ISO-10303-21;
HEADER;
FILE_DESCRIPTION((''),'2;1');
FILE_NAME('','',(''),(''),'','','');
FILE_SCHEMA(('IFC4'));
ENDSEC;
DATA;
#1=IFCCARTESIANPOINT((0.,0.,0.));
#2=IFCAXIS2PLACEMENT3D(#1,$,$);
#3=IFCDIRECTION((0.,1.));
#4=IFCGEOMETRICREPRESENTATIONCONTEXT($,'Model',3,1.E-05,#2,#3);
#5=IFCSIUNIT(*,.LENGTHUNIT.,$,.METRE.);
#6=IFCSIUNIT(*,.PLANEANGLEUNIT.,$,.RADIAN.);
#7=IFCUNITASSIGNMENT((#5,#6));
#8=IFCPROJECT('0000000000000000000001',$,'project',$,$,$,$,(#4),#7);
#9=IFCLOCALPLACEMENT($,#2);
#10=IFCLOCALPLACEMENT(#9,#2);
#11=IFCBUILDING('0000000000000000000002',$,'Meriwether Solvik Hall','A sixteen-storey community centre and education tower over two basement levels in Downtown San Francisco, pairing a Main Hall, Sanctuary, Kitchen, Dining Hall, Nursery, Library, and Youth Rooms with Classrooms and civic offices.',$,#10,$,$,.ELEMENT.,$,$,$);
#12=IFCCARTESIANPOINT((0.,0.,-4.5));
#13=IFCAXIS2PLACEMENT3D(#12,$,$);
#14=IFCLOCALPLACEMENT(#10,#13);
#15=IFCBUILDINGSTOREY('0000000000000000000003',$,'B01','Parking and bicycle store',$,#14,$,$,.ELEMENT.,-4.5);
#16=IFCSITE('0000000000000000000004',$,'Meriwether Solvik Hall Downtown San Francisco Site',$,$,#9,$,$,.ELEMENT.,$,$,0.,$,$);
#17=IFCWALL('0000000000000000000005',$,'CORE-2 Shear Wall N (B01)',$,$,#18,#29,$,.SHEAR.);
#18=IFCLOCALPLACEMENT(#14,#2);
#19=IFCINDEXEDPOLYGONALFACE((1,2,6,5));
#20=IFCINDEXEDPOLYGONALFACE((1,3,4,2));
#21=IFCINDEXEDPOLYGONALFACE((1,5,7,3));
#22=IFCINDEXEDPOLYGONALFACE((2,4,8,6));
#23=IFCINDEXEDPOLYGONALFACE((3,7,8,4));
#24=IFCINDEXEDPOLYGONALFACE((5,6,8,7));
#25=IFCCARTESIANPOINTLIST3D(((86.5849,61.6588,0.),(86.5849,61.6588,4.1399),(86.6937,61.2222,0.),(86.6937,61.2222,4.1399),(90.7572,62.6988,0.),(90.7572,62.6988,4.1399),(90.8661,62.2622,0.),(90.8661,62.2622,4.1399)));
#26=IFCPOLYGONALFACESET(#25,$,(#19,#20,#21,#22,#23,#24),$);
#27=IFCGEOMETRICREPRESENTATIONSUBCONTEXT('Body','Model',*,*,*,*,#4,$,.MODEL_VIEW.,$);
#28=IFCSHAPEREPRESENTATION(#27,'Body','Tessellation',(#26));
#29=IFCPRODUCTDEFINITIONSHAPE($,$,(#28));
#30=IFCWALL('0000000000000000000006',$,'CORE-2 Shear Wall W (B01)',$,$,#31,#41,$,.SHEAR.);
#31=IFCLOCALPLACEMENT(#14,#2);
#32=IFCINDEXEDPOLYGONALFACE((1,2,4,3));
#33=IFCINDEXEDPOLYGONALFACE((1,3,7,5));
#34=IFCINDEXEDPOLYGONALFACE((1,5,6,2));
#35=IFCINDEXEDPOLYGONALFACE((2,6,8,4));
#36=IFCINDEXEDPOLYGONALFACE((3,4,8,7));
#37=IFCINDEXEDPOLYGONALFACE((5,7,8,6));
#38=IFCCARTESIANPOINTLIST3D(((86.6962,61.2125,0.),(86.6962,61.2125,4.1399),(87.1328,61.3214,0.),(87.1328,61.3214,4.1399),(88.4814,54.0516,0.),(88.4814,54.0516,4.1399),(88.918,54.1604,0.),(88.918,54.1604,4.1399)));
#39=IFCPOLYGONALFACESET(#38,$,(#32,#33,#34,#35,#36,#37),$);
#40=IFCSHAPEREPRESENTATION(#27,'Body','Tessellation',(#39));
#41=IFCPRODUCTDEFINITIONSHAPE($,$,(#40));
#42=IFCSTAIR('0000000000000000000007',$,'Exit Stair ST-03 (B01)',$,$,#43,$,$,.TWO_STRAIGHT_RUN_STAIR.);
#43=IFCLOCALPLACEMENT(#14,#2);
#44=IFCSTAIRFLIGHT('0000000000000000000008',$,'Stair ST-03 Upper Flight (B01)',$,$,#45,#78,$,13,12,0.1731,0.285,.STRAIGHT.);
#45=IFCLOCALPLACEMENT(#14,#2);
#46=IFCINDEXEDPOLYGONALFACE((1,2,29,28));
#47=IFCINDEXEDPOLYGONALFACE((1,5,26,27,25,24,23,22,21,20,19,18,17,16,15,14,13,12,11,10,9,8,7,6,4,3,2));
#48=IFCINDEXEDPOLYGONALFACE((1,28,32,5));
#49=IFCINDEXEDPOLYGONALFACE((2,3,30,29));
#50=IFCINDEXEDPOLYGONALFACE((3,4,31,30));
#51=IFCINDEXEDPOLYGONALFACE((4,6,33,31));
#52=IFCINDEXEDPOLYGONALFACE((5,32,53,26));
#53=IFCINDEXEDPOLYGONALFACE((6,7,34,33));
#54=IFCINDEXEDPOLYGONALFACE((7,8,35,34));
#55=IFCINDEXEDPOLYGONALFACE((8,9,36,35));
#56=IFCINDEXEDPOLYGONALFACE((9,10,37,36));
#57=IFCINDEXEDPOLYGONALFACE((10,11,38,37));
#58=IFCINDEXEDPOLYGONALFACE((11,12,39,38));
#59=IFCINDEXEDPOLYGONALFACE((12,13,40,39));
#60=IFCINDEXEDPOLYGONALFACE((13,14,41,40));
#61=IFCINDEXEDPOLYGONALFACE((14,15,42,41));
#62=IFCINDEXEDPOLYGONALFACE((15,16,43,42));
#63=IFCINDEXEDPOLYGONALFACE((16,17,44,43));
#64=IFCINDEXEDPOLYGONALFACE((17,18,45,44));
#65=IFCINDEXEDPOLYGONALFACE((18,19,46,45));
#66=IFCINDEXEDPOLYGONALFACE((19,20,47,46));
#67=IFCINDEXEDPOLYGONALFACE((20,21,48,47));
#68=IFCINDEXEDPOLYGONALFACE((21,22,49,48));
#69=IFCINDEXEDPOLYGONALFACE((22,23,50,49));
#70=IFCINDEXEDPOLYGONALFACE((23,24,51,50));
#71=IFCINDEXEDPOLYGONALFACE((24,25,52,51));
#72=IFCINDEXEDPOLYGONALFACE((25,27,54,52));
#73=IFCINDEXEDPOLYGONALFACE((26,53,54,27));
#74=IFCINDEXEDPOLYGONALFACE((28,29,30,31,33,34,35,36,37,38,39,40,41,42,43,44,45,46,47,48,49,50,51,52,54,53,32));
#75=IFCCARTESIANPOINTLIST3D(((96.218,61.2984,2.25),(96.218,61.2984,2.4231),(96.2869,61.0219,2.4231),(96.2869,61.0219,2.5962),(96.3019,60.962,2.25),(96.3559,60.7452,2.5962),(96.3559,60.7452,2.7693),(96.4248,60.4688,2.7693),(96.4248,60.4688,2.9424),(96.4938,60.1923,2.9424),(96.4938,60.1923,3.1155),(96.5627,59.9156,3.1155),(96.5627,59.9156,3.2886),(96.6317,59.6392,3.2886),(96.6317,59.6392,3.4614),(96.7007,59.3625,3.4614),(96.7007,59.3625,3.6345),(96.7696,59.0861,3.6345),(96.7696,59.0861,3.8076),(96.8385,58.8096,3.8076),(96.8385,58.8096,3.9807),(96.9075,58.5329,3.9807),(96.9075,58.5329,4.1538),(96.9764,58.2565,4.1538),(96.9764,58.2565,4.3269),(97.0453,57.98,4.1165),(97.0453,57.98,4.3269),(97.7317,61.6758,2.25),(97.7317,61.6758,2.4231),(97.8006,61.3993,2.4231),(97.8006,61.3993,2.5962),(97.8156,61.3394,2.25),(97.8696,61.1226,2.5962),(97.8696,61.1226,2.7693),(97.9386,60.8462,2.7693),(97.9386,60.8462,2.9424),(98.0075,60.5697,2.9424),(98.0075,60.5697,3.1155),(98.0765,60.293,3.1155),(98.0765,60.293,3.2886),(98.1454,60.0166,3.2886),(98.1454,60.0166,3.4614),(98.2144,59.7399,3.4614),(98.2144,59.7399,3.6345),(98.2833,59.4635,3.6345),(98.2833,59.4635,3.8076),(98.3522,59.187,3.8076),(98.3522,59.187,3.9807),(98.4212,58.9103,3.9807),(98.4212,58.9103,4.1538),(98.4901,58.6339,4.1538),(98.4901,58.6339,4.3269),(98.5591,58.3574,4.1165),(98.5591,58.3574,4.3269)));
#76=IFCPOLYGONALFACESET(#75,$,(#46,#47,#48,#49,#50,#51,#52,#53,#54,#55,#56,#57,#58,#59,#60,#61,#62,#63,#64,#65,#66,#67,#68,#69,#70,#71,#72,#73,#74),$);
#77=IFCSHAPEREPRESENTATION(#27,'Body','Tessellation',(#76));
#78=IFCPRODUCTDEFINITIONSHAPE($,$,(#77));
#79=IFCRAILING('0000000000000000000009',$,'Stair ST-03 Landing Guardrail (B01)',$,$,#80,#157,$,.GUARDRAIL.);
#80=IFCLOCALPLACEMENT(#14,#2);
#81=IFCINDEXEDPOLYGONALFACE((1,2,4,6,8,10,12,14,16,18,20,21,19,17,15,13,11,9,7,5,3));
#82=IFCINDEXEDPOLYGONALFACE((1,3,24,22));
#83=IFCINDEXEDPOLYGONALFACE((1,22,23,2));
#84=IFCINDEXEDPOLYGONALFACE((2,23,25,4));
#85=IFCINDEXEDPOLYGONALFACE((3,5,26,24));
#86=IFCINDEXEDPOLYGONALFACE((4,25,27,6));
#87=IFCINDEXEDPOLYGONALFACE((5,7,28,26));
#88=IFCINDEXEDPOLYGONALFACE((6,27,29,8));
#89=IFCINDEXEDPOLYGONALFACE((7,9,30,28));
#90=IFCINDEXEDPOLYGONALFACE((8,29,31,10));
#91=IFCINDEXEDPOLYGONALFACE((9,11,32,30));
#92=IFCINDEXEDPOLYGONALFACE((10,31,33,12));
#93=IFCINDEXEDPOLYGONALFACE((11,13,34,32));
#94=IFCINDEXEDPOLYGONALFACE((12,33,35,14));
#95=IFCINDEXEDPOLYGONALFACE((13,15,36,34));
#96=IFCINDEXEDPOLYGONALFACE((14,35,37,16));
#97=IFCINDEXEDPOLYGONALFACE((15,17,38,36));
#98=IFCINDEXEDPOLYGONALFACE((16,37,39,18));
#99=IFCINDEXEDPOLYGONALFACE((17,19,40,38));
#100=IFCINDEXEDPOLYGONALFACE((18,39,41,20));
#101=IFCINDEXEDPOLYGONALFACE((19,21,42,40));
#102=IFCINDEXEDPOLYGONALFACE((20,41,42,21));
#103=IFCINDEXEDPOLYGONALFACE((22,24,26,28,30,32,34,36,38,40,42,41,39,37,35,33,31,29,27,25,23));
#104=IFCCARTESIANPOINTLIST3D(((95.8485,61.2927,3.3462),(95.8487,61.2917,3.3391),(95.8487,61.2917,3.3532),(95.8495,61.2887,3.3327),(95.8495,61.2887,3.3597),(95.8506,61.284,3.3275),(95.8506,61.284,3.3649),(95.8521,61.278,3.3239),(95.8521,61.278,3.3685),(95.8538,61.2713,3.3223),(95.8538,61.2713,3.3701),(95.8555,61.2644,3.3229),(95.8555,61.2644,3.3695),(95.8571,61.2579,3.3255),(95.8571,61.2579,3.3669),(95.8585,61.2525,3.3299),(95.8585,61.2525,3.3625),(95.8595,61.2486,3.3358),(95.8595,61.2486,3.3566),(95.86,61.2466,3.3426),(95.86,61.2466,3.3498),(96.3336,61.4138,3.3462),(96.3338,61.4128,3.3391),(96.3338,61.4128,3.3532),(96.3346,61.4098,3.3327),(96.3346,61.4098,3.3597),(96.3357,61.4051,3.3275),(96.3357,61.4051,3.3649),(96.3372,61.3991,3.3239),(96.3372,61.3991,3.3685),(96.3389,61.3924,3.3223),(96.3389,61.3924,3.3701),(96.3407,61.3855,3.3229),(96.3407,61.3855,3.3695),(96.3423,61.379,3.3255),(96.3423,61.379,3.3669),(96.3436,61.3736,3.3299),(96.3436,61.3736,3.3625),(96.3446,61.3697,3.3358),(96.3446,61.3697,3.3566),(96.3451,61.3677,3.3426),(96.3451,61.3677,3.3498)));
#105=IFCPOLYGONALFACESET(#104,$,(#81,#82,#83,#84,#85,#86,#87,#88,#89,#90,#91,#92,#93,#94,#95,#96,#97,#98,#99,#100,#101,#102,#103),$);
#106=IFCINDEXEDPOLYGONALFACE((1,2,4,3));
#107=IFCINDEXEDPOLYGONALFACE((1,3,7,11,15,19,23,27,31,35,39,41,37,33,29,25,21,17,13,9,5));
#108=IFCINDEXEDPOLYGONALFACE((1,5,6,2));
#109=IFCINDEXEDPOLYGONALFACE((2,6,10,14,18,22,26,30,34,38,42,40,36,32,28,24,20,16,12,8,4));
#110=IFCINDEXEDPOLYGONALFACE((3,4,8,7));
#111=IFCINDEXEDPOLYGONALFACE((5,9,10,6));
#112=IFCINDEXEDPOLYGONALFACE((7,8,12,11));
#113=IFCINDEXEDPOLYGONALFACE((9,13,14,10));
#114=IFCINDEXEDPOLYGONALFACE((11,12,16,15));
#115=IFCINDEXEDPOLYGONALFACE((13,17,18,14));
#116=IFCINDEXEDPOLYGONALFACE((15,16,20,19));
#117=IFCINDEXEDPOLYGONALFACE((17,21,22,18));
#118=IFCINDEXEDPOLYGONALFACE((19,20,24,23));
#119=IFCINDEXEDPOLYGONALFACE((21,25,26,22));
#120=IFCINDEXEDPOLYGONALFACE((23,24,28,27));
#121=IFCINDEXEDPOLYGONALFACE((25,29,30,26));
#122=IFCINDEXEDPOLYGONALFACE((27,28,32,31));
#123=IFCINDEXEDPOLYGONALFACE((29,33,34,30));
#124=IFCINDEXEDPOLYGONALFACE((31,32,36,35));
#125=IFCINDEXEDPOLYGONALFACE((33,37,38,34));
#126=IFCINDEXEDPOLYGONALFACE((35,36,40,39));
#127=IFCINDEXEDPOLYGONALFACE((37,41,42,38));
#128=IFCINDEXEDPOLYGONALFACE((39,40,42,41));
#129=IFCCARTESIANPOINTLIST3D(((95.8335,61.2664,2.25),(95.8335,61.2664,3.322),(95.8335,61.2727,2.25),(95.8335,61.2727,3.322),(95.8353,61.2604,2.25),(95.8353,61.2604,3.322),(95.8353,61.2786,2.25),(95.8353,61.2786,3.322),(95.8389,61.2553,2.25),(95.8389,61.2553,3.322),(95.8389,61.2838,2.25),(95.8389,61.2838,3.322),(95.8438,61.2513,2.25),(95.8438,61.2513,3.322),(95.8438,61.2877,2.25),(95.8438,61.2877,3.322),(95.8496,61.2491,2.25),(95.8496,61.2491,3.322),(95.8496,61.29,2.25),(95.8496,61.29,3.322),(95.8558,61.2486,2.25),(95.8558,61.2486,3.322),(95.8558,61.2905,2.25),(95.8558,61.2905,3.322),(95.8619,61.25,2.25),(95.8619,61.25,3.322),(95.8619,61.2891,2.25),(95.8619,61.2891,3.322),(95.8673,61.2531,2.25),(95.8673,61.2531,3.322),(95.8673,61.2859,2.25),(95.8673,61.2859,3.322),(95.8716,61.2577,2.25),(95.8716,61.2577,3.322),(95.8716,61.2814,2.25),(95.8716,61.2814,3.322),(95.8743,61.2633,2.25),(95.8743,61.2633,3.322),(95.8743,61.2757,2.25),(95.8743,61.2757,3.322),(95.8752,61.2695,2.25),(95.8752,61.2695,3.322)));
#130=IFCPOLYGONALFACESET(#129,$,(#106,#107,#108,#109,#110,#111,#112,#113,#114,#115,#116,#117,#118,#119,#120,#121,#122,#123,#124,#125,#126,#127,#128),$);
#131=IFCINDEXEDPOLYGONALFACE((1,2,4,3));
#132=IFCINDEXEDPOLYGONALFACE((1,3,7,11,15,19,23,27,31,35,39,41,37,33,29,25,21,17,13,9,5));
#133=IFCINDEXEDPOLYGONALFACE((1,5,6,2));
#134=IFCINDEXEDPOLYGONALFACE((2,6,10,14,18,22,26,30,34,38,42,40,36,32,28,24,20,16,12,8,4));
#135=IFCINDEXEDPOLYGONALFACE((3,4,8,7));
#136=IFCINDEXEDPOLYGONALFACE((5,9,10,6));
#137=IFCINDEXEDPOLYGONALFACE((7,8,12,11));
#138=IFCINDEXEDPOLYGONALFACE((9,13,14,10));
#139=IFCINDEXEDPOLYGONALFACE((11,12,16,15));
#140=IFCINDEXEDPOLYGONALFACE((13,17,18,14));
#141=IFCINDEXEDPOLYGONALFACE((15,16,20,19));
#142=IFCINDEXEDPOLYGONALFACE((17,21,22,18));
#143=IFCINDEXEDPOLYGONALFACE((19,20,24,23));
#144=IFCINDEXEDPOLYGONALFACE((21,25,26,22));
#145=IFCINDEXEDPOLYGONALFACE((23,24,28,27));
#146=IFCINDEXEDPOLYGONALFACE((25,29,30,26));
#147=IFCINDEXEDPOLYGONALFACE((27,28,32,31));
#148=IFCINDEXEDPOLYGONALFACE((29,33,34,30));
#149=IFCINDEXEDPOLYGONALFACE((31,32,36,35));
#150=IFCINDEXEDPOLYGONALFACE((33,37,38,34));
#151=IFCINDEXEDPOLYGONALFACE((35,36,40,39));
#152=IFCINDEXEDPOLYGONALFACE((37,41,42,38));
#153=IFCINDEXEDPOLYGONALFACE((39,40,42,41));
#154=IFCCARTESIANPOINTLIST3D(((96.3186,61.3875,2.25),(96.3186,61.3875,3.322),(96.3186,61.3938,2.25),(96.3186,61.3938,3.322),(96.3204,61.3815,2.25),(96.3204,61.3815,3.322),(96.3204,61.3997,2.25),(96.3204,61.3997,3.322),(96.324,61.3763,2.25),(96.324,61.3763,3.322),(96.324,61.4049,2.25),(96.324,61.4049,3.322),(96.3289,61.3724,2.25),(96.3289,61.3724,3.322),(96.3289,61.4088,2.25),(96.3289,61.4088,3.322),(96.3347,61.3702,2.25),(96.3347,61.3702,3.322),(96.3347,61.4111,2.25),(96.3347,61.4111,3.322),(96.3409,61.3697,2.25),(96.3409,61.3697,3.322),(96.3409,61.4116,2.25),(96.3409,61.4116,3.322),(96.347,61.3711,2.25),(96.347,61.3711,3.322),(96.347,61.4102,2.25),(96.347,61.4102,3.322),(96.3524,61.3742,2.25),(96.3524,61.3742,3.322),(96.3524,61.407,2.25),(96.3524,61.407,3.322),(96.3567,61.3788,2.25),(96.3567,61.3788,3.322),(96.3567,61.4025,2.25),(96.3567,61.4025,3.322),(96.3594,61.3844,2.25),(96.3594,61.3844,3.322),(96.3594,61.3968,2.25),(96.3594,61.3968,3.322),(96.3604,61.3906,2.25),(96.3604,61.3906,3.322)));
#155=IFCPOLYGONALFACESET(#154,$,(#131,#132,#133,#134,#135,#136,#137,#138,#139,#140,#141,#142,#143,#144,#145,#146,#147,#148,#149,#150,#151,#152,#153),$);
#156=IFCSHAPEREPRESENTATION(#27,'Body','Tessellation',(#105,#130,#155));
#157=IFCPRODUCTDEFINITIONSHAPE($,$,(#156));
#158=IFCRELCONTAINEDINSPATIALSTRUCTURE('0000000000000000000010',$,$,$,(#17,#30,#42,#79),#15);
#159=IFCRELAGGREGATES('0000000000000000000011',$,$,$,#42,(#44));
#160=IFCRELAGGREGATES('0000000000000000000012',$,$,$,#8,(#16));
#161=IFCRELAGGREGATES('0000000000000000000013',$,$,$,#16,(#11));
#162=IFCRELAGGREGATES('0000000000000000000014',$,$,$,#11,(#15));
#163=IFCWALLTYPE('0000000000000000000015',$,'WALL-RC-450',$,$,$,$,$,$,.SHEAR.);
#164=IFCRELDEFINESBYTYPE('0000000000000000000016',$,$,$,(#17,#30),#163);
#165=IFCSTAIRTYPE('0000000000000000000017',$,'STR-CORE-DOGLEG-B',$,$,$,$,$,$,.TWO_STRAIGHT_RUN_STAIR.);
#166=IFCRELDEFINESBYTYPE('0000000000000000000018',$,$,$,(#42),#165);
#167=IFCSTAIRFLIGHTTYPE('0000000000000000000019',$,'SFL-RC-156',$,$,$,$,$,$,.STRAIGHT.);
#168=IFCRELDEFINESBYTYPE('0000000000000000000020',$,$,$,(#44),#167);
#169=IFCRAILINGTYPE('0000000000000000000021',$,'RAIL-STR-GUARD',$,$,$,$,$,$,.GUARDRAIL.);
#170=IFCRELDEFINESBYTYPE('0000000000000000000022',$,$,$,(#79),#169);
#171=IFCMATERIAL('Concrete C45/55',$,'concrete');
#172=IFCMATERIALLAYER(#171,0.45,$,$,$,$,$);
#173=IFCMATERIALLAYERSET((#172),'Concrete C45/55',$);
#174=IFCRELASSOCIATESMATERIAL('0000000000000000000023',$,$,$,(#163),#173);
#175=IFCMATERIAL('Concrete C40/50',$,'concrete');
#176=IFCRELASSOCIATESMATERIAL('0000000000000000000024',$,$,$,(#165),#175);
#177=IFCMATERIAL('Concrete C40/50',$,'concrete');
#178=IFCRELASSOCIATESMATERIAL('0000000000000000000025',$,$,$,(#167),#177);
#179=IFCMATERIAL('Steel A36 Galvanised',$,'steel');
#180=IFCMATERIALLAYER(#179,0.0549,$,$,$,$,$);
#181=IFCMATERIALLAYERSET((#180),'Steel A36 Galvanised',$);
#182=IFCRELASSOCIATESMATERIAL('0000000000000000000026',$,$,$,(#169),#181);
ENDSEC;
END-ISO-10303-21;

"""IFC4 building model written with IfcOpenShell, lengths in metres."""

from ifc_helpers import new_model, si_unit, direction, frame, frame_2d, origin, origin_2d, place, context, subcontext, project, spatial, polyline, rectangle, circle, outline, extrude, material, layer, layer_set, type_object, element, aggregate, save


model = new_model("IFC4")

# Units and contexts
model_context = context("Model", 3, precision=1e-05, world=origin(), true_north=direction((0.0, 1.0)))
body_context = subcontext(model_context, "Body", "Model", "MODEL_VIEW")
ifc_project = project(units=[si_unit("LENGTHUNIT", "METRE"), si_unit("PLANEANGLEUNIT", "RADIAN")], contexts=[model_context])

# Site, building, storey
site_placement = place(None, origin())
site = spatial("IfcSite", under=ifc_project, at=site_placement, Name="Meriwether Solvik Hall Downtown San Francisco Site", CompositionType="ELEMENT", RefElevation=0.0)
building_placement = place(site_placement, origin())
building = spatial("IfcBuilding", under=site, at=building_placement, Name="Meriwether Solvik Hall", Description="A sixteen-storey community centre and education tower over two basement levels in Downtown San Francisco, pairing a Main Hall, Sanctuary, Kitchen, Dining Hall, Nursery, Library, and Youth Rooms with Classrooms and civic offices.", CompositionType="ELEMENT")
storey_placement = place(building_placement, frame((0.0, 0.0, -4.5)))
storey = spatial("IfcBuildingStorey", under=building, at=storey_placement, Name="B01", Description="Parking and bicycle store", CompositionType="ELEMENT", Elevation=-4.5)

# Walls
ifc_material_1 = material(Name="Concrete C45/55", Category="concrete")
ifc_layer_1 = layer(ifc_material_1, 0.45)
ifc_layer_set_1 = layer_set([ifc_layer_1], Name="Concrete C45/55")
wall_type_1 = type_object("IfcWallType", Name="WALL-RC-450", PredefinedType="SHEAR", material=ifc_layer_set_1)
wall_1_placement = place(storey_placement, frame((90.8115, 62.4805, 0.0), z_axis=(0.0, 0.0, 1.0), x_axis=(-0.970309, -0.241868, 0.0)))
element("IfcWall", 1, at=wall_1_placement, inside=storey, type_object=wall_type_1, Name="CORE-2 Shear Wall N (B01)", PredefinedType="SHEAR", context=body_context, shape_type="SweptSolid", body=[
    extrude(rectangle(XDim=4.3, YDim=0.45, at=frame_2d((2.1499, 0.0))), origin(), (0.0, 0.0, 1.0), 4.1399),
])
wall_2_placement = place(storey_placement, frame((86.9146, 61.2668, 0.0), z_axis=(0.0, 0.0, 1.0), x_axis=(0.24189, -0.970304, 0.0)))
element("IfcWall", 2, at=wall_2_placement, inside=storey, type_object=wall_type_1, Name="CORE-2 Shear Wall W (B01)", PredefinedType="SHEAR", context=body_context, shape_type="SweptSolid", body=[
    extrude(rectangle(XDim=7.3801, YDim=0.45, at=frame_2d((3.6899, 0.0))), origin(), (0.0, 0.0, 1.0), 4.1399),
])

# Stair, stair flight
ifc_material_2 = material(Name="Concrete C40/50", Category="concrete")
stair_type = type_object("IfcStairType", Name="STR-CORE-DOGLEG-B", PredefinedType="TWO_STRAIGHT_RUN_STAIR", material=ifc_material_2)
stair_placement = place(storey_placement, origin())
stair = element("IfcStair", 3, at=stair_placement, inside=storey, type_object=stair_type, Name="Exit Stair ST-03 (B01)", PredefinedType="TWO_STRAIGHT_RUN_STAIR")
ifc_material_3 = material(Name="Concrete C40/50", Category="concrete")
stair_flight_type = type_object("IfcStairFlightType", Name="SFL-RC-156", PredefinedType="STRAIGHT", material=ifc_material_3)
stair_flight_placement = place(storey_placement, frame((96.9749, 61.4871, 2.25), z_axis=(0.0, 0.0, 1.0), x_axis=(0.241922, -0.970296, 0.0)))
stair_flight = element("IfcStairFlight", 4, at=stair_flight_placement, type_object=stair_flight_type, Name="Stair ST-03 Upper Flight (B01)", NumberOfRisers=13, NumberOfTreads=12, PredefinedType="STRAIGHT", RiserHeight=0.1731, TreadLength=0.285, context=body_context, shape_type="SweptSolid", body=[
    extrude(outline(polyline([(0.0, 0.0), (0.0, 0.1731), (0.2849, 0.1731), (0.2849, 0.3462), (0.5701, 0.3462), (0.5701, 0.5193), (0.855, 0.5193), (0.855, 0.6924), (1.1399, 0.6924), (1.1399, 0.8655), (1.425, 0.8655), (1.425, 1.0386), (1.71, 1.0386), (1.71, 1.2114), (1.9951, 1.2114), (1.9951, 1.3845), (2.28, 1.3845), (2.28, 1.5576), (2.5649, 1.5576), (2.5649, 1.7307), (2.8501, 1.7307), (2.8501, 1.9038), (3.135, 1.9038), (3.135, 2.0769), (3.4199, 2.0769), (3.4199, 2.25), (3.4199, 1.8665), (0.3467, 0.0), (0.0, 0.0)])), frame((0.0, 0.78, 0.0), z_axis=(0.0, -1.0, 0.0), x_axis=(1.0, 0.0, 0.0)), (0.0, 0.0, 1.0), 1.5601),
])
aggregate(stair, [stair_flight])

# Railing
ifc_material_4 = material(Name="Steel A36 Galvanised", Category="steel")
ifc_layer_2 = layer(ifc_material_4, 0.0549)
ifc_layer_set_2 = layer_set([ifc_layer_2], Name="Steel A36 Galvanised")
railing_type_1 = type_object("IfcRailingType", Name="RAIL-STR-GUARD", PredefinedType="GUARDRAIL", material=ifc_layer_set_2)
railing_1_placement = place(storey_placement, frame((95.8542, 61.2695, 2.25)))
element("IfcRailing", 5, at=railing_1_placement, inside=storey, type_object=railing_type_1, Name="Stair ST-03 Landing Guardrail (B01)", PredefinedType="GUARDRAIL", context=body_context, shape_type="SweptSolid", body=[
    extrude(circle(Radius=0.0239, at=origin_2d()), frame((0.0, 0.0, 1.0962), z_axis=(0.970229, 0.242191, 0.0), x_axis=(-0.242191, 0.970229, 0.0)), (0.0, 0.0, 1.0), 0.5),
    extrude(circle(Radius=0.021, at=origin_2d()), origin(), (0.0, 0.0, 1.0), 1.072),
    extrude(circle(Radius=0.021, at=origin_2d()), frame((0.4851, 0.1211, 0.0)), (0.0, 0.0, 1.0), 1.072),
])

save(model, "model.ifc")
